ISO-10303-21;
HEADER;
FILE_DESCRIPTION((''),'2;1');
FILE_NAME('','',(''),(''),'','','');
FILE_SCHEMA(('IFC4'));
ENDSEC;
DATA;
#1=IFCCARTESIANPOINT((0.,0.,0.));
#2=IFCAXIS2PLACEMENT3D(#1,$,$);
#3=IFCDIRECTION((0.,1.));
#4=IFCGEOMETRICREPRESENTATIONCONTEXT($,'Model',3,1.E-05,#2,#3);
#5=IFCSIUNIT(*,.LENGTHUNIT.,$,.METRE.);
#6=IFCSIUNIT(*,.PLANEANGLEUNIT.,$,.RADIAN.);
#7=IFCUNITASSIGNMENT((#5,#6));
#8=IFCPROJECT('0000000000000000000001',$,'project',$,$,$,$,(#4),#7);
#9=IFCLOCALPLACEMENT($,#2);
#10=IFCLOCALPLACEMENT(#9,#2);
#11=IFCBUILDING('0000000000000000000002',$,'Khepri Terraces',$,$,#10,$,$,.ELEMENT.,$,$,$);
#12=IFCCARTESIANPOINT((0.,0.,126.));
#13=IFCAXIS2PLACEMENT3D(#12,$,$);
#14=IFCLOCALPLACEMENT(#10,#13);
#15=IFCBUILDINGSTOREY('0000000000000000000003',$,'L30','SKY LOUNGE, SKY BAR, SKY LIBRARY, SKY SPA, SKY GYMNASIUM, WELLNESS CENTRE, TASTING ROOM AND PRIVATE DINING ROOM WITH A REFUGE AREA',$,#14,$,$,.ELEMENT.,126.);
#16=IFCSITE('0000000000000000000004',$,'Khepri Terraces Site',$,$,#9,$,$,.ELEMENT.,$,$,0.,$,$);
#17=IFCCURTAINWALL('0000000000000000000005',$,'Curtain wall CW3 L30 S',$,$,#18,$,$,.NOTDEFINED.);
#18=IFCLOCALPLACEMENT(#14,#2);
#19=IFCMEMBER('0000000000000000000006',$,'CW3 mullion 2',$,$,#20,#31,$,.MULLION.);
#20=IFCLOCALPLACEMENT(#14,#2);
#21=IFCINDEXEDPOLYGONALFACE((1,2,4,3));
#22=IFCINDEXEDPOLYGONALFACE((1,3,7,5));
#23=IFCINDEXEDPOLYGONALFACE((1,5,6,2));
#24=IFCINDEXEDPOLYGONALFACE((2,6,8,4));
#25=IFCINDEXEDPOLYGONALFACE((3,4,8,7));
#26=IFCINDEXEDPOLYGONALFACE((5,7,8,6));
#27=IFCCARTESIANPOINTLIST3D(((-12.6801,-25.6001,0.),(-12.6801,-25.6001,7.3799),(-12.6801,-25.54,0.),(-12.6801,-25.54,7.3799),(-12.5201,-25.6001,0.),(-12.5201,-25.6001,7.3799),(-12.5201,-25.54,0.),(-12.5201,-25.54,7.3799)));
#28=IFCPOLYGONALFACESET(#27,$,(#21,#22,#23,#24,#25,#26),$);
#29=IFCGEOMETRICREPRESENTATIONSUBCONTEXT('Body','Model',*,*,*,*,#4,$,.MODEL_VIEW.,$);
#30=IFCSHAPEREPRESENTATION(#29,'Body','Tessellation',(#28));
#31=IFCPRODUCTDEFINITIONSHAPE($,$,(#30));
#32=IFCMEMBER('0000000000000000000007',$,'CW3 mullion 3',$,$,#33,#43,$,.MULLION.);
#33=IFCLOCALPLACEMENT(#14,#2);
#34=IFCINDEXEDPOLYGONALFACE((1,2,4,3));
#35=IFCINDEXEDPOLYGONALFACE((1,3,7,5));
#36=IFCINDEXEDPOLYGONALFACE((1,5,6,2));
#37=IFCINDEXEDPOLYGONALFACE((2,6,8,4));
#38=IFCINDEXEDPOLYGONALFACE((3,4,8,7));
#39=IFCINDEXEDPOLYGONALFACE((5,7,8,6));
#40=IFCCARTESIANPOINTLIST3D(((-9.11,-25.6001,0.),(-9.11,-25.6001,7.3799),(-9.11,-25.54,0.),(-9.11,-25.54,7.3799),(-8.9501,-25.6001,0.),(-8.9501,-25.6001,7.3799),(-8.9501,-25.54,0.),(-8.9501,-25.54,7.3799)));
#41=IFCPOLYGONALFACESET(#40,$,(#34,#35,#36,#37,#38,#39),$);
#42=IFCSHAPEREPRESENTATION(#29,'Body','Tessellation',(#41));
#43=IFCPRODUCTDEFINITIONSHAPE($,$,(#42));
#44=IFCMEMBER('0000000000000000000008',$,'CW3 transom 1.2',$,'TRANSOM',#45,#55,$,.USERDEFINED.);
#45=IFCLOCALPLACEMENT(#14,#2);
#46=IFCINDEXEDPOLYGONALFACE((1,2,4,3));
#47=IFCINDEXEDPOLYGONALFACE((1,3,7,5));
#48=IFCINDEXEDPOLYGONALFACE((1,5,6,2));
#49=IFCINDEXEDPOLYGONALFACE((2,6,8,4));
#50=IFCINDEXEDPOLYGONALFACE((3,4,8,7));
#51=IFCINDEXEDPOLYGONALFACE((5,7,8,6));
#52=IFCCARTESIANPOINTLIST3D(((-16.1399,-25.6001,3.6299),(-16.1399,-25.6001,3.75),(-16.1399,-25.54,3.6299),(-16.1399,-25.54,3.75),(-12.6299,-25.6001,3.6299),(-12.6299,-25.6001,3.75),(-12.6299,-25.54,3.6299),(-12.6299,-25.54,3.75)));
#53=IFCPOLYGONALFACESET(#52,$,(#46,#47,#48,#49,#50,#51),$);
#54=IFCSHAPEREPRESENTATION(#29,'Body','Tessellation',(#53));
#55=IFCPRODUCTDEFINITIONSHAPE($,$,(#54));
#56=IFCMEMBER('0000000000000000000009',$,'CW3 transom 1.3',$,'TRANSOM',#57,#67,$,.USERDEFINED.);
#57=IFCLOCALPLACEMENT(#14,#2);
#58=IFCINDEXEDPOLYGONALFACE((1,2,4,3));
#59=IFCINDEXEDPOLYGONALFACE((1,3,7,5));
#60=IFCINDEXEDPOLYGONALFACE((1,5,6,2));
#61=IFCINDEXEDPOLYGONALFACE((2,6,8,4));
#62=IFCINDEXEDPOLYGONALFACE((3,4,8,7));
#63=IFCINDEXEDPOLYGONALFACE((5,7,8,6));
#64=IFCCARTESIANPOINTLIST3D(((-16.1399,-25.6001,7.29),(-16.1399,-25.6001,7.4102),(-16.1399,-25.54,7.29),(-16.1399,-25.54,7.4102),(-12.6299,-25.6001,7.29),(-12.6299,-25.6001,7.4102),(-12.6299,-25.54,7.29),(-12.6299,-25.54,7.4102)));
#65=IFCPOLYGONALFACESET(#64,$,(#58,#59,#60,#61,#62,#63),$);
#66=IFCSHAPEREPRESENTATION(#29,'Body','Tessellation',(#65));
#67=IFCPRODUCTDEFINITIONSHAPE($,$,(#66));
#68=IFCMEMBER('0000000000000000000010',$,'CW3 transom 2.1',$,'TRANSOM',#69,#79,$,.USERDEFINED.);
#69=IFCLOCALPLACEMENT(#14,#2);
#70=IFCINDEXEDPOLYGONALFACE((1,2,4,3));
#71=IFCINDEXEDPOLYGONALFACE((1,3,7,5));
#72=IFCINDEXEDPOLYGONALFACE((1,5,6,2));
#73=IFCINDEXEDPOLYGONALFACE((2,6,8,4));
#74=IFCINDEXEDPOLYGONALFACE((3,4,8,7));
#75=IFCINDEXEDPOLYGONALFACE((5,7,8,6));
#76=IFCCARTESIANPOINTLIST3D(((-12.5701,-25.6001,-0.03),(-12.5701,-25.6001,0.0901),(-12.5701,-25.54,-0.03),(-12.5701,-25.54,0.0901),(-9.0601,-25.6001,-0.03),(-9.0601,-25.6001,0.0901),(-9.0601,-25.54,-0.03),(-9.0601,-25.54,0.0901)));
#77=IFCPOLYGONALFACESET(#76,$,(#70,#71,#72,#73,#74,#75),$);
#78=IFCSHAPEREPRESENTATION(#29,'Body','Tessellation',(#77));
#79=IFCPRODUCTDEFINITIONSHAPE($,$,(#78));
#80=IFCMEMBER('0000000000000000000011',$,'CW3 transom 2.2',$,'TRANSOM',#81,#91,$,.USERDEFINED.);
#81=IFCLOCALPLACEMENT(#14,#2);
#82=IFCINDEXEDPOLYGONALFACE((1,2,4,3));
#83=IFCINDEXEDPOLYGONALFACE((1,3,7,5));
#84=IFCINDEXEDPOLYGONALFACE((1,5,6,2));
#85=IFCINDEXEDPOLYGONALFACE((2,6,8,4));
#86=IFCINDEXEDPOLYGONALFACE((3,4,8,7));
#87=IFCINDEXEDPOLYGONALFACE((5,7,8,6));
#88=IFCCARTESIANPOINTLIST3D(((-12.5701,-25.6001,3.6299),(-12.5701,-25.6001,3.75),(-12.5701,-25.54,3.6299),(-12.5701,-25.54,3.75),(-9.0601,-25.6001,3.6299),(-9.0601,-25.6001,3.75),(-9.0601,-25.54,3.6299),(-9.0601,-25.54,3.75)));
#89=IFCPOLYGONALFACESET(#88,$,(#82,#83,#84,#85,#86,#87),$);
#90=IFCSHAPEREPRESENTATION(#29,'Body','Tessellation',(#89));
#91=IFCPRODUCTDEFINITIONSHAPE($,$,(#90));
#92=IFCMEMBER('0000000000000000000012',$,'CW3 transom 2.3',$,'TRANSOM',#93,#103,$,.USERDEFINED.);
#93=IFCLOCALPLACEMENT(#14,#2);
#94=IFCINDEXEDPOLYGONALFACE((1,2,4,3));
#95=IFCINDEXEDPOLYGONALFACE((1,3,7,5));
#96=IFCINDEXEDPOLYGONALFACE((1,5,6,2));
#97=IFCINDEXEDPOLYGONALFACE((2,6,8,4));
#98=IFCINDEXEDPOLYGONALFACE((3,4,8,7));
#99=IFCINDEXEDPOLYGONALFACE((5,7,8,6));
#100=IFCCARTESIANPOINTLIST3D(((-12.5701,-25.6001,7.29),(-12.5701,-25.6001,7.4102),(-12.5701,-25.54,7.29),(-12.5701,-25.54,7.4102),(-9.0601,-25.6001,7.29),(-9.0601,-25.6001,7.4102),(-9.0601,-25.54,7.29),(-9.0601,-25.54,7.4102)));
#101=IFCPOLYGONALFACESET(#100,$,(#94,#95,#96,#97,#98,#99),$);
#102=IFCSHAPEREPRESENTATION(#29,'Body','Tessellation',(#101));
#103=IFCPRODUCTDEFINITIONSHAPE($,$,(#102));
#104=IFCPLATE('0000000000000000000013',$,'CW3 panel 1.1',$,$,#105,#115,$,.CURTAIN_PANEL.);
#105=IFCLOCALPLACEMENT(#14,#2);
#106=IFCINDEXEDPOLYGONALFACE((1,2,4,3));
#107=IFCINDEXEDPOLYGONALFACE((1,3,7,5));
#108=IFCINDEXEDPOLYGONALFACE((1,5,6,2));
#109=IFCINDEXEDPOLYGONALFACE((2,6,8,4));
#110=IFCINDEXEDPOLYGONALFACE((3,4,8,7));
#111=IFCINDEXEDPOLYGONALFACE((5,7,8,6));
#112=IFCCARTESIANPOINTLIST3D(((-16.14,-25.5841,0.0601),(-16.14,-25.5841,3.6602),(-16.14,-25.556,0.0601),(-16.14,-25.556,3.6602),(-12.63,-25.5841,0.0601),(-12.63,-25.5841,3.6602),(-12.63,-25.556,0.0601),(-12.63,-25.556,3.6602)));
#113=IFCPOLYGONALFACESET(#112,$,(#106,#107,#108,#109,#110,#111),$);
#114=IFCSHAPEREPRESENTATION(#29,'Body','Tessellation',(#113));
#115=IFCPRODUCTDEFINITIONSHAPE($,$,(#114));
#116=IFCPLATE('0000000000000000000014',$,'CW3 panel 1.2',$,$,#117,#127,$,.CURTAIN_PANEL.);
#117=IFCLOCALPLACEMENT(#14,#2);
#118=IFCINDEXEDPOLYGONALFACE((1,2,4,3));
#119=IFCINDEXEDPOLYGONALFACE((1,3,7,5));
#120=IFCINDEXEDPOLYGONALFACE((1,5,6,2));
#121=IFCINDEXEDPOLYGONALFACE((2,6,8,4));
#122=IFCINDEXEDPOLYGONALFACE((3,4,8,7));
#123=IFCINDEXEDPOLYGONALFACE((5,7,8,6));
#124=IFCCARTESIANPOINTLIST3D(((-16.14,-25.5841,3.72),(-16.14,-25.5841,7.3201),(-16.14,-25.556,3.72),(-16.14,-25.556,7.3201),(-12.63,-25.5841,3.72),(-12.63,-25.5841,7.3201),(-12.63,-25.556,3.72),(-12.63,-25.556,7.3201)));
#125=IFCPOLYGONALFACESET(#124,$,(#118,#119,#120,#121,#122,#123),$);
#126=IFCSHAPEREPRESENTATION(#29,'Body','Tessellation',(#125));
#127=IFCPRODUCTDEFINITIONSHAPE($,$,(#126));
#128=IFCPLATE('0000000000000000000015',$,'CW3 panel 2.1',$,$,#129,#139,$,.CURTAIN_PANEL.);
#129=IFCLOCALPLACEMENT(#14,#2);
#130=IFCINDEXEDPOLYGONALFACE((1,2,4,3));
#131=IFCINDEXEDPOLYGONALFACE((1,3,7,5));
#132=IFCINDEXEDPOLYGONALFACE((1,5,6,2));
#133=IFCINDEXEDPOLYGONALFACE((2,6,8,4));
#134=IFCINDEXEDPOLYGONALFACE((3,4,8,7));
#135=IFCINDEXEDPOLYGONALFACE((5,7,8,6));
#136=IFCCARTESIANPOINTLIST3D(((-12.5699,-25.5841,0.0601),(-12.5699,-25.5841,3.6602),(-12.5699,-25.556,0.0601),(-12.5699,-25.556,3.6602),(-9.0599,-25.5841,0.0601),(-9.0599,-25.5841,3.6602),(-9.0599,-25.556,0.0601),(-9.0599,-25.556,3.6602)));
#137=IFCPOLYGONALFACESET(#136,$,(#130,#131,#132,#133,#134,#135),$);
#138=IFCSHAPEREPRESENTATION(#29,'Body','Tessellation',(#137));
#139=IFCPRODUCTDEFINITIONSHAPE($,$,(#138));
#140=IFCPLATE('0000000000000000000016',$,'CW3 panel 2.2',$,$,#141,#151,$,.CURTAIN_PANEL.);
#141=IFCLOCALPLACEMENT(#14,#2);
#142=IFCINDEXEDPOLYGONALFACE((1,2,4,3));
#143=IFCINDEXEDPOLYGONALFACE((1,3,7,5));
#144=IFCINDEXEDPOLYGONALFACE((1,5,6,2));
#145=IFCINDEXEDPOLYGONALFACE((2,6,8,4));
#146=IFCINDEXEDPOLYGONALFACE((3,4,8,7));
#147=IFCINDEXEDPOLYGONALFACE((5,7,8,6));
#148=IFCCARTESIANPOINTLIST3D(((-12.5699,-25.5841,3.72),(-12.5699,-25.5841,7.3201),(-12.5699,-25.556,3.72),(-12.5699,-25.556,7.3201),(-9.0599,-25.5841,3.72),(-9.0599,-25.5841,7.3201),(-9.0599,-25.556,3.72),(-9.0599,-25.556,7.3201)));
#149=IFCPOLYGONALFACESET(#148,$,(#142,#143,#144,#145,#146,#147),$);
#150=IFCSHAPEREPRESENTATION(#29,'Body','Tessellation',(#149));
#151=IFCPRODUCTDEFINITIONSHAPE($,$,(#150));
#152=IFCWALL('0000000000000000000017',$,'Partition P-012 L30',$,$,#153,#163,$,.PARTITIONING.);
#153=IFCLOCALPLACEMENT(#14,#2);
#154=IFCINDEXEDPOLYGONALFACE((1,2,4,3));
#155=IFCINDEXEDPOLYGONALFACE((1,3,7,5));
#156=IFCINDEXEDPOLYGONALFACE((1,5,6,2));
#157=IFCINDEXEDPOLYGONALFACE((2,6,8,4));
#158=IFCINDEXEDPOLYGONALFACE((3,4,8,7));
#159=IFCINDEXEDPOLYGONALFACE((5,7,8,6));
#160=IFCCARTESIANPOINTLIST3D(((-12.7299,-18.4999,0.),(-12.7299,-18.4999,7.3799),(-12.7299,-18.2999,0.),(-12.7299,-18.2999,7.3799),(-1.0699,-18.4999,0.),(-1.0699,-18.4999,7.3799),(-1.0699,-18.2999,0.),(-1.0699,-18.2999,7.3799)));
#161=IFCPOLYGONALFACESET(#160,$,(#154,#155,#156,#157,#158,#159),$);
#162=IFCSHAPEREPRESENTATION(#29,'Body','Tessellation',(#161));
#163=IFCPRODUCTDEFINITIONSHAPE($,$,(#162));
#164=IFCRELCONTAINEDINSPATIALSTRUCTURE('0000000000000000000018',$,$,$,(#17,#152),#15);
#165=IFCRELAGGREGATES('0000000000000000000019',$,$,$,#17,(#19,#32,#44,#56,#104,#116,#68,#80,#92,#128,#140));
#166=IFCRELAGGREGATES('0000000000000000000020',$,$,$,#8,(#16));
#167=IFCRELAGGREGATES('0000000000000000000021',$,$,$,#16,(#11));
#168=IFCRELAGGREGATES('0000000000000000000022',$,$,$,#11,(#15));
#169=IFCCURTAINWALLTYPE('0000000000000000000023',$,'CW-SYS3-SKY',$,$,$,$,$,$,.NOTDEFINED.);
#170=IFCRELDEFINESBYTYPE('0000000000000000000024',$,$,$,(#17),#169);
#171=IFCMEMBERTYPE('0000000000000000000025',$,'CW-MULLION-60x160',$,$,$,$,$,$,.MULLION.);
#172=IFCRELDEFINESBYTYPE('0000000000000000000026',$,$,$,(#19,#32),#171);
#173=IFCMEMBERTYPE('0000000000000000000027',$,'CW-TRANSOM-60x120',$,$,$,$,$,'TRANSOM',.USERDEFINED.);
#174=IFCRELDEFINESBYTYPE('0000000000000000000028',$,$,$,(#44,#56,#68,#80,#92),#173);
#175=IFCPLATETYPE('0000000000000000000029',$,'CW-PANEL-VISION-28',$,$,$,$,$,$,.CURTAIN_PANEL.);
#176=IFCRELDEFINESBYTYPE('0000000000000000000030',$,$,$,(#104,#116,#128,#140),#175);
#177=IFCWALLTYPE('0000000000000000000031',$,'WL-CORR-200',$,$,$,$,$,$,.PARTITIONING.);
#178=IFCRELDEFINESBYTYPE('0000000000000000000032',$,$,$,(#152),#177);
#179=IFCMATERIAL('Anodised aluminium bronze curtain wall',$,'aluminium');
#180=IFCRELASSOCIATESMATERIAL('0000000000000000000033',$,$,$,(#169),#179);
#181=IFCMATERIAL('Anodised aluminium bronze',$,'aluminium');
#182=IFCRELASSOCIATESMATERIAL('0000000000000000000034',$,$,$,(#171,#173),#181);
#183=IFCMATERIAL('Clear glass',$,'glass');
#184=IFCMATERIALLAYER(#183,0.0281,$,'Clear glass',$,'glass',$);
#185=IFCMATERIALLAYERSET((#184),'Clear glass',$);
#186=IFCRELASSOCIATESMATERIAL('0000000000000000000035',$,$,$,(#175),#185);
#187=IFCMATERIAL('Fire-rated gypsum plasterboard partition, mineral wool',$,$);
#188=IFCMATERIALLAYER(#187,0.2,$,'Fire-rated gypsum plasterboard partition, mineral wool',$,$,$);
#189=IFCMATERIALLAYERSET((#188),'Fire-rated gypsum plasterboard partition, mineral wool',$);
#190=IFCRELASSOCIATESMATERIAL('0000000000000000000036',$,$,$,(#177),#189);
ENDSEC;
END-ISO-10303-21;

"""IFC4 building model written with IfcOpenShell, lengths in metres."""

from ifc_helpers import new_model, si_unit, direction, frame, frame_2d, origin, origin_2d, place, context, subcontext, project, spatial, rectangle, extrude, material, layer, layer_set, material_profile, profile_set, type_object, element, aggregate, save


model = new_model("IFC4")

# Units and contexts
model_context = context("Model", 3, precision=1e-05, world=origin(), true_north=direction((0.0, 1.0)))
body_context = subcontext(model_context, "Body", "Model", "MODEL_VIEW")
ifc_project = project(units=[si_unit("LENGTHUNIT", "METRE"), si_unit("PLANEANGLEUNIT", "RADIAN")], contexts=[model_context])

# Site, building, storey
site_placement = place(None, origin())
site = spatial("IfcSite", under=ifc_project, at=site_placement, Name="Khepri Terraces Site", CompositionType="ELEMENT", RefElevation=0.0)
building_placement = place(site_placement, origin())
building = spatial("IfcBuilding", under=site, at=building_placement, Name="Khepri Terraces", CompositionType="ELEMENT")
storey_placement = place(building_placement, frame((0.0, 0.0, 126.0)))
storey = spatial("IfcBuildingStorey", under=building, at=storey_placement, Name="L30", Description="SKY LOUNGE, SKY BAR, SKY LIBRARY, SKY SPA, SKY GYMNASIUM, WELLNESS CENTRE, TASTING ROOM AND PRIVATE DINING ROOM WITH A REFUGE AREA", CompositionType="ELEMENT", Elevation=126.0)

# Curtain wall, members, plates
ifc_material_1 = material(Name="Anodised aluminium bronze curtain wall", Category="aluminium")
curtain_wall_type = type_object("IfcCurtainWallType", Name="CW-SYS3-SKY", PredefinedType="NOTDEFINED", material=ifc_material_1)
curtain_wall_placement = place(storey_placement, origin())
curtain_wall = element("IfcCurtainWall", 1, at=curtain_wall_placement, inside=storey, type_object=curtain_wall_type, Name="Curtain wall CW3 L30 S", PredefinedType="NOTDEFINED")
ifc_material_2 = material(Name="Anodised aluminium bronze", Category="aluminium")
ifc_material_profile_1 = material_profile(ifc_material_2, rectangle(XDim=0.0601, YDim=0.1599, at=origin_2d()), Name="Anodised aluminium bronze", Category="aluminium")
ifc_profile_set_1 = profile_set([ifc_material_profile_1], Name="Anodised aluminium bronze")
member_type_1 = type_object("IfcMemberType", Name="CW-MULLION-60x160", PredefinedType="MULLION", material=ifc_profile_set_1)
member_1_placement = place(storey_placement, frame((-12.6001, -25.5701, 0.0), z_axis=(0.0, 0.0, 1.0), x_axis=(0.0, 1.0, 0.0)))
member_1 = element("IfcMember", 2, at=member_1_placement, type_object=member_type_1, Name="CW3 mullion 2", PredefinedType="MULLION", context=body_context, shape_type="SweptSolid", body=[
    extrude(rectangle(XDim=0.0601, YDim=0.1599, at=origin_2d()), origin(), (0.0, 0.0, 1.0), 7.3799),
])
member_2_placement = place(storey_placement, frame((-9.03, -25.5701, 0.0), z_axis=(0.0, 0.0, 1.0), x_axis=(0.0, 1.0, 0.0)))
member_2 = element("IfcMember", 3, at=member_2_placement, type_object=member_type_1, Name="CW3 mullion 3", PredefinedType="MULLION", context=body_context, shape_type="SweptSolid", body=[
    extrude(rectangle(XDim=0.0601, YDim=0.1599, at=origin_2d()), origin(), (0.0, 0.0, 1.0), 7.3799),
])
ifc_material_profile_2 = material_profile(ifc_material_2, rectangle(XDim=0.0601, YDim=0.1201, at=origin_2d()), Name="Anodised aluminium bronze", Category="aluminium")
ifc_profile_set_2 = profile_set([ifc_material_profile_2], Name="Anodised aluminium bronze")
member_type_2 = type_object("IfcMemberType", Name="CW-TRANSOM-60x120", ElementType="TRANSOM", PredefinedType="USERDEFINED", material=ifc_profile_set_2)
member_3_placement = place(storey_placement, frame((-16.1399, -25.5701, 3.6899), z_axis=(1.0, 0.0, 0.0), x_axis=(0.0, 1.0, 0.0)))
member_3 = element("IfcMember", 4, at=member_3_placement, type_object=member_type_2, Name="CW3 transom 1.2", ObjectType="TRANSOM", PredefinedType="USERDEFINED", context=body_context, shape_type="SweptSolid", body=[
    extrude(rectangle(XDim=0.0601, YDim=0.1201, at=origin_2d()), origin(), (0.0, 0.0, 1.0), 3.51),
])
member_4_placement = place(storey_placement, frame((-16.1399, -25.5701, 7.3501), z_axis=(1.0, 0.0, 0.0), x_axis=(0.0, 1.0, 0.0)))
member_4 = element("IfcMember", 5, at=member_4_placement, type_object=member_type_2, Name="CW3 transom 1.3", ObjectType="TRANSOM", PredefinedType="USERDEFINED", context=body_context, shape_type="SweptSolid", body=[
    extrude(rectangle(XDim=0.0601, YDim=0.1201, at=origin_2d()), origin(), (0.0, 0.0, 1.0), 3.51),
])
member_5_placement = place(storey_placement, frame((-12.5701, -25.5701, 0.03), z_axis=(1.0, 0.0, 0.0), x_axis=(0.0, 1.0, 0.0)))
member_5 = element("IfcMember", 6, at=member_5_placement, type_object=member_type_2, Name="CW3 transom 2.1", ObjectType="TRANSOM", PredefinedType="USERDEFINED", context=body_context, shape_type="SweptSolid", body=[
    extrude(rectangle(XDim=0.0601, YDim=0.1201, at=origin_2d()), origin(), (0.0, 0.0, 1.0), 3.51),
])
member_6_placement = place(storey_placement, frame((-12.5701, -25.5701, 3.6899), z_axis=(1.0, 0.0, 0.0), x_axis=(0.0, 1.0, 0.0)))
member_6 = element("IfcMember", 7, at=member_6_placement, type_object=member_type_2, Name="CW3 transom 2.2", ObjectType="TRANSOM", PredefinedType="USERDEFINED", context=body_context, shape_type="SweptSolid", body=[
    extrude(rectangle(XDim=0.0601, YDim=0.1201, at=origin_2d()), origin(), (0.0, 0.0, 1.0), 3.51),
])
member_7_placement = place(storey_placement, frame((-12.5701, -25.5701, 7.3501), z_axis=(1.0, 0.0, 0.0), x_axis=(0.0, 1.0, 0.0)))
member_7 = element("IfcMember", 8, at=member_7_placement, type_object=member_type_2, Name="CW3 transom 2.3", ObjectType="TRANSOM", PredefinedType="USERDEFINED", context=body_context, shape_type="SweptSolid", body=[
    extrude(rectangle(XDim=0.0601, YDim=0.1201, at=origin_2d()), origin(), (0.0, 0.0, 1.0), 3.51),
])
ifc_material_3 = material(Name="Clear glass", Category="glass")
ifc_layer_1 = layer(ifc_material_3, 0.0281, Name="Clear glass", Category="glass")
ifc_layer_set_1 = layer_set([ifc_layer_1], Name="Clear glass")
plate_type = type_object("IfcPlateType", Name="CW-PANEL-VISION-28", PredefinedType="CURTAIN_PANEL", material=ifc_layer_set_1)
plate_1_placement = place(storey_placement, frame((-14.385, -25.5701, 0.0601), z_axis=(0.0, 0.0, 1.0), x_axis=(1.0, 0.0, 0.0)))
plate_1 = element("IfcPlate", 9, at=plate_1_placement, type_object=plate_type, Name="CW3 panel 1.1", PredefinedType="CURTAIN_PANEL", context=body_context, shape_type="SweptSolid", body=[
    extrude(rectangle(XDim=3.51, YDim=0.0281, at=origin_2d()), origin(), (0.0, 0.0, 1.0), 3.6001),
])
plate_2_placement = place(storey_placement, frame((-14.385, -25.5701, 3.72), z_axis=(0.0, 0.0, 1.0), x_axis=(1.0, 0.0, 0.0)))
plate_2 = element("IfcPlate", 10, at=plate_2_placement, type_object=plate_type, Name="CW3 panel 1.2", PredefinedType="CURTAIN_PANEL", context=body_context, shape_type="SweptSolid", body=[
    extrude(rectangle(XDim=3.51, YDim=0.0281, at=origin_2d()), origin(), (0.0, 0.0, 1.0), 3.6001),
])
plate_3_placement = place(storey_placement, frame((-10.8149, -25.5701, 0.0601), z_axis=(0.0, 0.0, 1.0), x_axis=(1.0, 0.0, 0.0)))
plate_3 = element("IfcPlate", 11, at=plate_3_placement, type_object=plate_type, Name="CW3 panel 2.1", PredefinedType="CURTAIN_PANEL", context=body_context, shape_type="SweptSolid", body=[
    extrude(rectangle(XDim=3.51, YDim=0.0281, at=origin_2d()), origin(), (0.0, 0.0, 1.0), 3.6001),
])
plate_4_placement = place(storey_placement, frame((-10.8149, -25.5701, 3.72), z_axis=(0.0, 0.0, 1.0), x_axis=(1.0, 0.0, 0.0)))
plate_4 = element("IfcPlate", 12, at=plate_4_placement, type_object=plate_type, Name="CW3 panel 2.2", PredefinedType="CURTAIN_PANEL", context=body_context, shape_type="SweptSolid", body=[
    extrude(rectangle(XDim=3.51, YDim=0.0281, at=origin_2d()), origin(), (0.0, 0.0, 1.0), 3.6001),
])
aggregate(curtain_wall, [member_1, member_2, member_3, member_4, plate_1, plate_2, member_5, member_6, member_7, plate_3, plate_4])

# Wall
ifc_material_4 = material(Name="Fire-rated gypsum plasterboard partition, mineral wool")
ifc_layer_2 = layer(ifc_material_4, 0.2, Name="Fire-rated gypsum plasterboard partition, mineral wool")
ifc_layer_set_2 = layer_set([ifc_layer_2], Name="Fire-rated gypsum plasterboard partition, mineral wool")
wall_type_1 = type_object("IfcWallType", Name="WL-CORR-200", PredefinedType="PARTITIONING", material=ifc_layer_set_2)
wall_1_placement = place(storey_placement, frame((-12.73, -18.3999, 0.0), z_axis=(0.0, 0.0, 1.0), x_axis=(1.0, 0.0, 0.0)))
element("IfcWall", 13, at=wall_1_placement, inside=storey, type_object=wall_type_1, Name="Partition P-012 L30", PredefinedType="PARTITIONING", context=body_context, shape_type="SweptSolid", body=[
    extrude(rectangle(XDim=11.6599, YDim=0.2, at=frame_2d((5.8301, 0.0))), origin(), (0.0, 0.0, 1.0), 7.3799),
])

save(model, "model.ifc")
